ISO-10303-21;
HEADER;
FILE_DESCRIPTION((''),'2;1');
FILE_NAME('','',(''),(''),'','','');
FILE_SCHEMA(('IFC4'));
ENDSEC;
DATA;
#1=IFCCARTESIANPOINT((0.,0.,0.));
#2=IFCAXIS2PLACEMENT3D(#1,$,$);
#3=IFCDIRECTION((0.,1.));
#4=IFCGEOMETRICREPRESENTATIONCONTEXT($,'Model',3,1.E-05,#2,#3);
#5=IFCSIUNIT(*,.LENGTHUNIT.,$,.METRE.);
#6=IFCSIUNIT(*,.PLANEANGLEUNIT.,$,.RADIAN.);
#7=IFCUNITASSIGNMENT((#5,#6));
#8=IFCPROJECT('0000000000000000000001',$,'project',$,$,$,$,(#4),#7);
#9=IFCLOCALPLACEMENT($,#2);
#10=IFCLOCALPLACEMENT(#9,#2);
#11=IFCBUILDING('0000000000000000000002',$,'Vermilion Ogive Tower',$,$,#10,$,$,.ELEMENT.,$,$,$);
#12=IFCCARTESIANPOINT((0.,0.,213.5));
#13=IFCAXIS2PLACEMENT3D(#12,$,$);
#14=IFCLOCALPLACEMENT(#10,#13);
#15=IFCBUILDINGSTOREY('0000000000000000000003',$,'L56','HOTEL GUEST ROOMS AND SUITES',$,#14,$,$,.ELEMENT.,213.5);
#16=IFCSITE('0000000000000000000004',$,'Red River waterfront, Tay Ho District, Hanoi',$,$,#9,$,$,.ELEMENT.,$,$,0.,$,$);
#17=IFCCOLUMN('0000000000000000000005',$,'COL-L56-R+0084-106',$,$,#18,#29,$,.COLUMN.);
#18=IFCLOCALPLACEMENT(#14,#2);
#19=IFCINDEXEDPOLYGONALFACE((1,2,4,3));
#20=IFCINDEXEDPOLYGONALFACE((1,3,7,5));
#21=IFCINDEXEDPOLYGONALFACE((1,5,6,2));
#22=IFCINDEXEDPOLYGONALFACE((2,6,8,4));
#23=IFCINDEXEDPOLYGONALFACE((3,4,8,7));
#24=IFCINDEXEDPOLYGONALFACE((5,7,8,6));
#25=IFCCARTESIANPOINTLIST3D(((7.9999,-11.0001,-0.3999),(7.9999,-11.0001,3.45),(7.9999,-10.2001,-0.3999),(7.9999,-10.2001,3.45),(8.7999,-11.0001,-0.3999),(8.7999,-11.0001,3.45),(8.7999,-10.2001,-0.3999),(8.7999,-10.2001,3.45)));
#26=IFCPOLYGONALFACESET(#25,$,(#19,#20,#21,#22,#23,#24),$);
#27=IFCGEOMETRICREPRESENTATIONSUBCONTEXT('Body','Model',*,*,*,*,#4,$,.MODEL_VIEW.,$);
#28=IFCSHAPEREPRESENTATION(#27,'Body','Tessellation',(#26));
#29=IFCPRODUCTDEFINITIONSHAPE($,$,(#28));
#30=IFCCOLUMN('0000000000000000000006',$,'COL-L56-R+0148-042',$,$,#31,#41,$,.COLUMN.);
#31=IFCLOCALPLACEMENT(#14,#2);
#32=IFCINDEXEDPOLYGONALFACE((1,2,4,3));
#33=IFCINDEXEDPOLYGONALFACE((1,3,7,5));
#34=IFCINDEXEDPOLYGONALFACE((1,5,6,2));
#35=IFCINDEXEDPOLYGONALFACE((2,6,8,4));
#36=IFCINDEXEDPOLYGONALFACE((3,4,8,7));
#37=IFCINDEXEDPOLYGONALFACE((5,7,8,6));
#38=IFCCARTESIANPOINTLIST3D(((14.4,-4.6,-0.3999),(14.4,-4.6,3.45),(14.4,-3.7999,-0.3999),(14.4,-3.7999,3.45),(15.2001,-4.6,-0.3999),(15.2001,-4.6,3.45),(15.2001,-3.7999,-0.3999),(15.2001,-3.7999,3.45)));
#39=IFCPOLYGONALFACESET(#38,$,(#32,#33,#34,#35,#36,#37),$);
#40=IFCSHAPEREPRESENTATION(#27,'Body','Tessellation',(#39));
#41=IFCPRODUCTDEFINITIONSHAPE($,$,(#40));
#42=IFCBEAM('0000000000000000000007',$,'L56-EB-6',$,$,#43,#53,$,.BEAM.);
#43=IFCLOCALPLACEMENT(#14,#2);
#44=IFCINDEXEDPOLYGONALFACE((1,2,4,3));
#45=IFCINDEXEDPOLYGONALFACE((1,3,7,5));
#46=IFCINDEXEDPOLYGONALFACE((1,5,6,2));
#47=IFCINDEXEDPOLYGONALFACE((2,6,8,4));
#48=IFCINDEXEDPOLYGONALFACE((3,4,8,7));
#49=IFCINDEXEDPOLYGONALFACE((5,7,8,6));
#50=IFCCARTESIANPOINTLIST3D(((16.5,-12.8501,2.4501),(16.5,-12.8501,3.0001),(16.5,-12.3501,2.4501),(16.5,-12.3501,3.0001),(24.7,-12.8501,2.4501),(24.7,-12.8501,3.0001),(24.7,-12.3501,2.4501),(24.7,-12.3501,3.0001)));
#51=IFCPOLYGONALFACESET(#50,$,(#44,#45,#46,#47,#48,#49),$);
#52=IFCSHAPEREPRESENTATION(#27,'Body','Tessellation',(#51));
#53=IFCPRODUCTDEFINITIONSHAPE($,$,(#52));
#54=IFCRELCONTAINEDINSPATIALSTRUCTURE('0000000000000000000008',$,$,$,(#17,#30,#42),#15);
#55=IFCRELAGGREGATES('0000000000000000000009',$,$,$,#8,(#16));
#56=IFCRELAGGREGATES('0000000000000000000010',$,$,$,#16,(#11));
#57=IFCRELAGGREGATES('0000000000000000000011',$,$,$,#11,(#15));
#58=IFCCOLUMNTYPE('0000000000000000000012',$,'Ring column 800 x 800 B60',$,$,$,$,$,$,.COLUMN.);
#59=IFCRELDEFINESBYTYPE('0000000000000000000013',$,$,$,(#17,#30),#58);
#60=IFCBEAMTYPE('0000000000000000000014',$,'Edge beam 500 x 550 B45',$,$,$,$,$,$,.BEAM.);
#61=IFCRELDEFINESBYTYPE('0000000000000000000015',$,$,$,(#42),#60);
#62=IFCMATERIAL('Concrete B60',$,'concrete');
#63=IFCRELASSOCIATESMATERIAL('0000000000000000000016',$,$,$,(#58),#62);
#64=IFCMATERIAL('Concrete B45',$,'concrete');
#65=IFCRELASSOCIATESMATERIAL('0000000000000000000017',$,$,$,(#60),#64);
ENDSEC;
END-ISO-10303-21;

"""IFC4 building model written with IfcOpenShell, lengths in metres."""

from ifc_helpers import new_model, si_unit, direction, frame, origin, origin_2d, place, context, subcontext, project, spatial, rectangle, extrude, material, material_profile, profile_set, type_object, element, save


model = new_model("IFC4")

# Units and contexts
model_context = context("Model", 3, precision=1e-05, world=origin(), true_north=direction((0.0, 1.0)))
body_context = subcontext(model_context, "Body", "Model", "MODEL_VIEW")
ifc_project = project(units=[si_unit("LENGTHUNIT", "METRE"), si_unit("PLANEANGLEUNIT", "RADIAN")], contexts=[model_context])

# Site, building, storey
site_placement = place(None, origin())
site = spatial("IfcSite", under=ifc_project, at=site_placement, Name="Red River waterfront, Tay Ho District, Hanoi", CompositionType="ELEMENT", RefElevation=0.0)
building_placement = place(site_placement, origin())
building = spatial("IfcBuilding", under=site, at=building_placement, Name="Vermilion Ogive Tower", CompositionType="ELEMENT")
storey_placement = place(building_placement, frame((0.0, 0.0, 213.5)))
storey = spatial("IfcBuildingStorey", under=building, at=storey_placement, Name="L56", Description="HOTEL GUEST ROOMS AND SUITES", CompositionType="ELEMENT", Elevation=213.5)

# Columns
ifc_material_1 = material(Name="Concrete B60", Category="concrete")
ifc_material_profile_1 = material_profile(ifc_material_1, rectangle(XDim=0.8, YDim=0.8, at=origin_2d()), Name="800 x 800")
ifc_profile_set_1 = profile_set([ifc_material_profile_1], Name="Concrete B60")
column_type = type_object("IfcColumnType", Name="Ring column 800 x 800 B60", PredefinedType="COLUMN", material=ifc_profile_set_1)
for number, where, z_axis, x_axis, name in (
    (1, (8.3999, -10.6001, -0.3999), (0.0, 0.0, 1.0), (1.0, 0.0, 0.0), "COL-L56-R+0084-106"),
    (2, (14.8, -4.2, -0.3999), (0.0, 0.0, 1.0), (1.0, 0.0, 0.0), "COL-L56-R+0148-042"),
):
    element("IfcColumn", number, at=place(storey_placement, frame(where, z_axis=z_axis, x_axis=x_axis)), inside=storey, type_object=column_type, Name=name, PredefinedType="COLUMN", context=body_context, shape_type="SweptSolid", body=[
        extrude(rectangle(XDim=0.8, YDim=0.8, at=origin_2d()), origin(), (0.0, 0.0, 1.0), 3.8499),
    ])

# Beam
ifc_material_2 = material(Name="Concrete B45", Category="concrete")
ifc_material_profile_2 = material_profile(ifc_material_2, rectangle(XDim=0.5, YDim=0.55, at=origin_2d()), Name="500 x 550")
ifc_profile_set_2 = profile_set([ifc_material_profile_2], Name="Concrete B45")
beam_type = type_object("IfcBeamType", Name="Edge beam 500 x 550 B45", PredefinedType="BEAM", material=ifc_profile_set_2)
beam_placement = place(storey_placement, frame((16.5, -12.6001, 2.7251), z_axis=(1.0, 0.0, 0.0), x_axis=(0.0, 1.0, 0.0)))
element("IfcBeam", 3, at=beam_placement, inside=storey, type_object=beam_type, Name="L56-EB-6", PredefinedType="BEAM", context=body_context, shape_type="SweptSolid", body=[
    extrude(rectangle(XDim=0.5, YDim=0.55, at=origin_2d()), origin(), (0.0, 0.0, 1.0), 8.2),
])

save(model, "model.ifc")
